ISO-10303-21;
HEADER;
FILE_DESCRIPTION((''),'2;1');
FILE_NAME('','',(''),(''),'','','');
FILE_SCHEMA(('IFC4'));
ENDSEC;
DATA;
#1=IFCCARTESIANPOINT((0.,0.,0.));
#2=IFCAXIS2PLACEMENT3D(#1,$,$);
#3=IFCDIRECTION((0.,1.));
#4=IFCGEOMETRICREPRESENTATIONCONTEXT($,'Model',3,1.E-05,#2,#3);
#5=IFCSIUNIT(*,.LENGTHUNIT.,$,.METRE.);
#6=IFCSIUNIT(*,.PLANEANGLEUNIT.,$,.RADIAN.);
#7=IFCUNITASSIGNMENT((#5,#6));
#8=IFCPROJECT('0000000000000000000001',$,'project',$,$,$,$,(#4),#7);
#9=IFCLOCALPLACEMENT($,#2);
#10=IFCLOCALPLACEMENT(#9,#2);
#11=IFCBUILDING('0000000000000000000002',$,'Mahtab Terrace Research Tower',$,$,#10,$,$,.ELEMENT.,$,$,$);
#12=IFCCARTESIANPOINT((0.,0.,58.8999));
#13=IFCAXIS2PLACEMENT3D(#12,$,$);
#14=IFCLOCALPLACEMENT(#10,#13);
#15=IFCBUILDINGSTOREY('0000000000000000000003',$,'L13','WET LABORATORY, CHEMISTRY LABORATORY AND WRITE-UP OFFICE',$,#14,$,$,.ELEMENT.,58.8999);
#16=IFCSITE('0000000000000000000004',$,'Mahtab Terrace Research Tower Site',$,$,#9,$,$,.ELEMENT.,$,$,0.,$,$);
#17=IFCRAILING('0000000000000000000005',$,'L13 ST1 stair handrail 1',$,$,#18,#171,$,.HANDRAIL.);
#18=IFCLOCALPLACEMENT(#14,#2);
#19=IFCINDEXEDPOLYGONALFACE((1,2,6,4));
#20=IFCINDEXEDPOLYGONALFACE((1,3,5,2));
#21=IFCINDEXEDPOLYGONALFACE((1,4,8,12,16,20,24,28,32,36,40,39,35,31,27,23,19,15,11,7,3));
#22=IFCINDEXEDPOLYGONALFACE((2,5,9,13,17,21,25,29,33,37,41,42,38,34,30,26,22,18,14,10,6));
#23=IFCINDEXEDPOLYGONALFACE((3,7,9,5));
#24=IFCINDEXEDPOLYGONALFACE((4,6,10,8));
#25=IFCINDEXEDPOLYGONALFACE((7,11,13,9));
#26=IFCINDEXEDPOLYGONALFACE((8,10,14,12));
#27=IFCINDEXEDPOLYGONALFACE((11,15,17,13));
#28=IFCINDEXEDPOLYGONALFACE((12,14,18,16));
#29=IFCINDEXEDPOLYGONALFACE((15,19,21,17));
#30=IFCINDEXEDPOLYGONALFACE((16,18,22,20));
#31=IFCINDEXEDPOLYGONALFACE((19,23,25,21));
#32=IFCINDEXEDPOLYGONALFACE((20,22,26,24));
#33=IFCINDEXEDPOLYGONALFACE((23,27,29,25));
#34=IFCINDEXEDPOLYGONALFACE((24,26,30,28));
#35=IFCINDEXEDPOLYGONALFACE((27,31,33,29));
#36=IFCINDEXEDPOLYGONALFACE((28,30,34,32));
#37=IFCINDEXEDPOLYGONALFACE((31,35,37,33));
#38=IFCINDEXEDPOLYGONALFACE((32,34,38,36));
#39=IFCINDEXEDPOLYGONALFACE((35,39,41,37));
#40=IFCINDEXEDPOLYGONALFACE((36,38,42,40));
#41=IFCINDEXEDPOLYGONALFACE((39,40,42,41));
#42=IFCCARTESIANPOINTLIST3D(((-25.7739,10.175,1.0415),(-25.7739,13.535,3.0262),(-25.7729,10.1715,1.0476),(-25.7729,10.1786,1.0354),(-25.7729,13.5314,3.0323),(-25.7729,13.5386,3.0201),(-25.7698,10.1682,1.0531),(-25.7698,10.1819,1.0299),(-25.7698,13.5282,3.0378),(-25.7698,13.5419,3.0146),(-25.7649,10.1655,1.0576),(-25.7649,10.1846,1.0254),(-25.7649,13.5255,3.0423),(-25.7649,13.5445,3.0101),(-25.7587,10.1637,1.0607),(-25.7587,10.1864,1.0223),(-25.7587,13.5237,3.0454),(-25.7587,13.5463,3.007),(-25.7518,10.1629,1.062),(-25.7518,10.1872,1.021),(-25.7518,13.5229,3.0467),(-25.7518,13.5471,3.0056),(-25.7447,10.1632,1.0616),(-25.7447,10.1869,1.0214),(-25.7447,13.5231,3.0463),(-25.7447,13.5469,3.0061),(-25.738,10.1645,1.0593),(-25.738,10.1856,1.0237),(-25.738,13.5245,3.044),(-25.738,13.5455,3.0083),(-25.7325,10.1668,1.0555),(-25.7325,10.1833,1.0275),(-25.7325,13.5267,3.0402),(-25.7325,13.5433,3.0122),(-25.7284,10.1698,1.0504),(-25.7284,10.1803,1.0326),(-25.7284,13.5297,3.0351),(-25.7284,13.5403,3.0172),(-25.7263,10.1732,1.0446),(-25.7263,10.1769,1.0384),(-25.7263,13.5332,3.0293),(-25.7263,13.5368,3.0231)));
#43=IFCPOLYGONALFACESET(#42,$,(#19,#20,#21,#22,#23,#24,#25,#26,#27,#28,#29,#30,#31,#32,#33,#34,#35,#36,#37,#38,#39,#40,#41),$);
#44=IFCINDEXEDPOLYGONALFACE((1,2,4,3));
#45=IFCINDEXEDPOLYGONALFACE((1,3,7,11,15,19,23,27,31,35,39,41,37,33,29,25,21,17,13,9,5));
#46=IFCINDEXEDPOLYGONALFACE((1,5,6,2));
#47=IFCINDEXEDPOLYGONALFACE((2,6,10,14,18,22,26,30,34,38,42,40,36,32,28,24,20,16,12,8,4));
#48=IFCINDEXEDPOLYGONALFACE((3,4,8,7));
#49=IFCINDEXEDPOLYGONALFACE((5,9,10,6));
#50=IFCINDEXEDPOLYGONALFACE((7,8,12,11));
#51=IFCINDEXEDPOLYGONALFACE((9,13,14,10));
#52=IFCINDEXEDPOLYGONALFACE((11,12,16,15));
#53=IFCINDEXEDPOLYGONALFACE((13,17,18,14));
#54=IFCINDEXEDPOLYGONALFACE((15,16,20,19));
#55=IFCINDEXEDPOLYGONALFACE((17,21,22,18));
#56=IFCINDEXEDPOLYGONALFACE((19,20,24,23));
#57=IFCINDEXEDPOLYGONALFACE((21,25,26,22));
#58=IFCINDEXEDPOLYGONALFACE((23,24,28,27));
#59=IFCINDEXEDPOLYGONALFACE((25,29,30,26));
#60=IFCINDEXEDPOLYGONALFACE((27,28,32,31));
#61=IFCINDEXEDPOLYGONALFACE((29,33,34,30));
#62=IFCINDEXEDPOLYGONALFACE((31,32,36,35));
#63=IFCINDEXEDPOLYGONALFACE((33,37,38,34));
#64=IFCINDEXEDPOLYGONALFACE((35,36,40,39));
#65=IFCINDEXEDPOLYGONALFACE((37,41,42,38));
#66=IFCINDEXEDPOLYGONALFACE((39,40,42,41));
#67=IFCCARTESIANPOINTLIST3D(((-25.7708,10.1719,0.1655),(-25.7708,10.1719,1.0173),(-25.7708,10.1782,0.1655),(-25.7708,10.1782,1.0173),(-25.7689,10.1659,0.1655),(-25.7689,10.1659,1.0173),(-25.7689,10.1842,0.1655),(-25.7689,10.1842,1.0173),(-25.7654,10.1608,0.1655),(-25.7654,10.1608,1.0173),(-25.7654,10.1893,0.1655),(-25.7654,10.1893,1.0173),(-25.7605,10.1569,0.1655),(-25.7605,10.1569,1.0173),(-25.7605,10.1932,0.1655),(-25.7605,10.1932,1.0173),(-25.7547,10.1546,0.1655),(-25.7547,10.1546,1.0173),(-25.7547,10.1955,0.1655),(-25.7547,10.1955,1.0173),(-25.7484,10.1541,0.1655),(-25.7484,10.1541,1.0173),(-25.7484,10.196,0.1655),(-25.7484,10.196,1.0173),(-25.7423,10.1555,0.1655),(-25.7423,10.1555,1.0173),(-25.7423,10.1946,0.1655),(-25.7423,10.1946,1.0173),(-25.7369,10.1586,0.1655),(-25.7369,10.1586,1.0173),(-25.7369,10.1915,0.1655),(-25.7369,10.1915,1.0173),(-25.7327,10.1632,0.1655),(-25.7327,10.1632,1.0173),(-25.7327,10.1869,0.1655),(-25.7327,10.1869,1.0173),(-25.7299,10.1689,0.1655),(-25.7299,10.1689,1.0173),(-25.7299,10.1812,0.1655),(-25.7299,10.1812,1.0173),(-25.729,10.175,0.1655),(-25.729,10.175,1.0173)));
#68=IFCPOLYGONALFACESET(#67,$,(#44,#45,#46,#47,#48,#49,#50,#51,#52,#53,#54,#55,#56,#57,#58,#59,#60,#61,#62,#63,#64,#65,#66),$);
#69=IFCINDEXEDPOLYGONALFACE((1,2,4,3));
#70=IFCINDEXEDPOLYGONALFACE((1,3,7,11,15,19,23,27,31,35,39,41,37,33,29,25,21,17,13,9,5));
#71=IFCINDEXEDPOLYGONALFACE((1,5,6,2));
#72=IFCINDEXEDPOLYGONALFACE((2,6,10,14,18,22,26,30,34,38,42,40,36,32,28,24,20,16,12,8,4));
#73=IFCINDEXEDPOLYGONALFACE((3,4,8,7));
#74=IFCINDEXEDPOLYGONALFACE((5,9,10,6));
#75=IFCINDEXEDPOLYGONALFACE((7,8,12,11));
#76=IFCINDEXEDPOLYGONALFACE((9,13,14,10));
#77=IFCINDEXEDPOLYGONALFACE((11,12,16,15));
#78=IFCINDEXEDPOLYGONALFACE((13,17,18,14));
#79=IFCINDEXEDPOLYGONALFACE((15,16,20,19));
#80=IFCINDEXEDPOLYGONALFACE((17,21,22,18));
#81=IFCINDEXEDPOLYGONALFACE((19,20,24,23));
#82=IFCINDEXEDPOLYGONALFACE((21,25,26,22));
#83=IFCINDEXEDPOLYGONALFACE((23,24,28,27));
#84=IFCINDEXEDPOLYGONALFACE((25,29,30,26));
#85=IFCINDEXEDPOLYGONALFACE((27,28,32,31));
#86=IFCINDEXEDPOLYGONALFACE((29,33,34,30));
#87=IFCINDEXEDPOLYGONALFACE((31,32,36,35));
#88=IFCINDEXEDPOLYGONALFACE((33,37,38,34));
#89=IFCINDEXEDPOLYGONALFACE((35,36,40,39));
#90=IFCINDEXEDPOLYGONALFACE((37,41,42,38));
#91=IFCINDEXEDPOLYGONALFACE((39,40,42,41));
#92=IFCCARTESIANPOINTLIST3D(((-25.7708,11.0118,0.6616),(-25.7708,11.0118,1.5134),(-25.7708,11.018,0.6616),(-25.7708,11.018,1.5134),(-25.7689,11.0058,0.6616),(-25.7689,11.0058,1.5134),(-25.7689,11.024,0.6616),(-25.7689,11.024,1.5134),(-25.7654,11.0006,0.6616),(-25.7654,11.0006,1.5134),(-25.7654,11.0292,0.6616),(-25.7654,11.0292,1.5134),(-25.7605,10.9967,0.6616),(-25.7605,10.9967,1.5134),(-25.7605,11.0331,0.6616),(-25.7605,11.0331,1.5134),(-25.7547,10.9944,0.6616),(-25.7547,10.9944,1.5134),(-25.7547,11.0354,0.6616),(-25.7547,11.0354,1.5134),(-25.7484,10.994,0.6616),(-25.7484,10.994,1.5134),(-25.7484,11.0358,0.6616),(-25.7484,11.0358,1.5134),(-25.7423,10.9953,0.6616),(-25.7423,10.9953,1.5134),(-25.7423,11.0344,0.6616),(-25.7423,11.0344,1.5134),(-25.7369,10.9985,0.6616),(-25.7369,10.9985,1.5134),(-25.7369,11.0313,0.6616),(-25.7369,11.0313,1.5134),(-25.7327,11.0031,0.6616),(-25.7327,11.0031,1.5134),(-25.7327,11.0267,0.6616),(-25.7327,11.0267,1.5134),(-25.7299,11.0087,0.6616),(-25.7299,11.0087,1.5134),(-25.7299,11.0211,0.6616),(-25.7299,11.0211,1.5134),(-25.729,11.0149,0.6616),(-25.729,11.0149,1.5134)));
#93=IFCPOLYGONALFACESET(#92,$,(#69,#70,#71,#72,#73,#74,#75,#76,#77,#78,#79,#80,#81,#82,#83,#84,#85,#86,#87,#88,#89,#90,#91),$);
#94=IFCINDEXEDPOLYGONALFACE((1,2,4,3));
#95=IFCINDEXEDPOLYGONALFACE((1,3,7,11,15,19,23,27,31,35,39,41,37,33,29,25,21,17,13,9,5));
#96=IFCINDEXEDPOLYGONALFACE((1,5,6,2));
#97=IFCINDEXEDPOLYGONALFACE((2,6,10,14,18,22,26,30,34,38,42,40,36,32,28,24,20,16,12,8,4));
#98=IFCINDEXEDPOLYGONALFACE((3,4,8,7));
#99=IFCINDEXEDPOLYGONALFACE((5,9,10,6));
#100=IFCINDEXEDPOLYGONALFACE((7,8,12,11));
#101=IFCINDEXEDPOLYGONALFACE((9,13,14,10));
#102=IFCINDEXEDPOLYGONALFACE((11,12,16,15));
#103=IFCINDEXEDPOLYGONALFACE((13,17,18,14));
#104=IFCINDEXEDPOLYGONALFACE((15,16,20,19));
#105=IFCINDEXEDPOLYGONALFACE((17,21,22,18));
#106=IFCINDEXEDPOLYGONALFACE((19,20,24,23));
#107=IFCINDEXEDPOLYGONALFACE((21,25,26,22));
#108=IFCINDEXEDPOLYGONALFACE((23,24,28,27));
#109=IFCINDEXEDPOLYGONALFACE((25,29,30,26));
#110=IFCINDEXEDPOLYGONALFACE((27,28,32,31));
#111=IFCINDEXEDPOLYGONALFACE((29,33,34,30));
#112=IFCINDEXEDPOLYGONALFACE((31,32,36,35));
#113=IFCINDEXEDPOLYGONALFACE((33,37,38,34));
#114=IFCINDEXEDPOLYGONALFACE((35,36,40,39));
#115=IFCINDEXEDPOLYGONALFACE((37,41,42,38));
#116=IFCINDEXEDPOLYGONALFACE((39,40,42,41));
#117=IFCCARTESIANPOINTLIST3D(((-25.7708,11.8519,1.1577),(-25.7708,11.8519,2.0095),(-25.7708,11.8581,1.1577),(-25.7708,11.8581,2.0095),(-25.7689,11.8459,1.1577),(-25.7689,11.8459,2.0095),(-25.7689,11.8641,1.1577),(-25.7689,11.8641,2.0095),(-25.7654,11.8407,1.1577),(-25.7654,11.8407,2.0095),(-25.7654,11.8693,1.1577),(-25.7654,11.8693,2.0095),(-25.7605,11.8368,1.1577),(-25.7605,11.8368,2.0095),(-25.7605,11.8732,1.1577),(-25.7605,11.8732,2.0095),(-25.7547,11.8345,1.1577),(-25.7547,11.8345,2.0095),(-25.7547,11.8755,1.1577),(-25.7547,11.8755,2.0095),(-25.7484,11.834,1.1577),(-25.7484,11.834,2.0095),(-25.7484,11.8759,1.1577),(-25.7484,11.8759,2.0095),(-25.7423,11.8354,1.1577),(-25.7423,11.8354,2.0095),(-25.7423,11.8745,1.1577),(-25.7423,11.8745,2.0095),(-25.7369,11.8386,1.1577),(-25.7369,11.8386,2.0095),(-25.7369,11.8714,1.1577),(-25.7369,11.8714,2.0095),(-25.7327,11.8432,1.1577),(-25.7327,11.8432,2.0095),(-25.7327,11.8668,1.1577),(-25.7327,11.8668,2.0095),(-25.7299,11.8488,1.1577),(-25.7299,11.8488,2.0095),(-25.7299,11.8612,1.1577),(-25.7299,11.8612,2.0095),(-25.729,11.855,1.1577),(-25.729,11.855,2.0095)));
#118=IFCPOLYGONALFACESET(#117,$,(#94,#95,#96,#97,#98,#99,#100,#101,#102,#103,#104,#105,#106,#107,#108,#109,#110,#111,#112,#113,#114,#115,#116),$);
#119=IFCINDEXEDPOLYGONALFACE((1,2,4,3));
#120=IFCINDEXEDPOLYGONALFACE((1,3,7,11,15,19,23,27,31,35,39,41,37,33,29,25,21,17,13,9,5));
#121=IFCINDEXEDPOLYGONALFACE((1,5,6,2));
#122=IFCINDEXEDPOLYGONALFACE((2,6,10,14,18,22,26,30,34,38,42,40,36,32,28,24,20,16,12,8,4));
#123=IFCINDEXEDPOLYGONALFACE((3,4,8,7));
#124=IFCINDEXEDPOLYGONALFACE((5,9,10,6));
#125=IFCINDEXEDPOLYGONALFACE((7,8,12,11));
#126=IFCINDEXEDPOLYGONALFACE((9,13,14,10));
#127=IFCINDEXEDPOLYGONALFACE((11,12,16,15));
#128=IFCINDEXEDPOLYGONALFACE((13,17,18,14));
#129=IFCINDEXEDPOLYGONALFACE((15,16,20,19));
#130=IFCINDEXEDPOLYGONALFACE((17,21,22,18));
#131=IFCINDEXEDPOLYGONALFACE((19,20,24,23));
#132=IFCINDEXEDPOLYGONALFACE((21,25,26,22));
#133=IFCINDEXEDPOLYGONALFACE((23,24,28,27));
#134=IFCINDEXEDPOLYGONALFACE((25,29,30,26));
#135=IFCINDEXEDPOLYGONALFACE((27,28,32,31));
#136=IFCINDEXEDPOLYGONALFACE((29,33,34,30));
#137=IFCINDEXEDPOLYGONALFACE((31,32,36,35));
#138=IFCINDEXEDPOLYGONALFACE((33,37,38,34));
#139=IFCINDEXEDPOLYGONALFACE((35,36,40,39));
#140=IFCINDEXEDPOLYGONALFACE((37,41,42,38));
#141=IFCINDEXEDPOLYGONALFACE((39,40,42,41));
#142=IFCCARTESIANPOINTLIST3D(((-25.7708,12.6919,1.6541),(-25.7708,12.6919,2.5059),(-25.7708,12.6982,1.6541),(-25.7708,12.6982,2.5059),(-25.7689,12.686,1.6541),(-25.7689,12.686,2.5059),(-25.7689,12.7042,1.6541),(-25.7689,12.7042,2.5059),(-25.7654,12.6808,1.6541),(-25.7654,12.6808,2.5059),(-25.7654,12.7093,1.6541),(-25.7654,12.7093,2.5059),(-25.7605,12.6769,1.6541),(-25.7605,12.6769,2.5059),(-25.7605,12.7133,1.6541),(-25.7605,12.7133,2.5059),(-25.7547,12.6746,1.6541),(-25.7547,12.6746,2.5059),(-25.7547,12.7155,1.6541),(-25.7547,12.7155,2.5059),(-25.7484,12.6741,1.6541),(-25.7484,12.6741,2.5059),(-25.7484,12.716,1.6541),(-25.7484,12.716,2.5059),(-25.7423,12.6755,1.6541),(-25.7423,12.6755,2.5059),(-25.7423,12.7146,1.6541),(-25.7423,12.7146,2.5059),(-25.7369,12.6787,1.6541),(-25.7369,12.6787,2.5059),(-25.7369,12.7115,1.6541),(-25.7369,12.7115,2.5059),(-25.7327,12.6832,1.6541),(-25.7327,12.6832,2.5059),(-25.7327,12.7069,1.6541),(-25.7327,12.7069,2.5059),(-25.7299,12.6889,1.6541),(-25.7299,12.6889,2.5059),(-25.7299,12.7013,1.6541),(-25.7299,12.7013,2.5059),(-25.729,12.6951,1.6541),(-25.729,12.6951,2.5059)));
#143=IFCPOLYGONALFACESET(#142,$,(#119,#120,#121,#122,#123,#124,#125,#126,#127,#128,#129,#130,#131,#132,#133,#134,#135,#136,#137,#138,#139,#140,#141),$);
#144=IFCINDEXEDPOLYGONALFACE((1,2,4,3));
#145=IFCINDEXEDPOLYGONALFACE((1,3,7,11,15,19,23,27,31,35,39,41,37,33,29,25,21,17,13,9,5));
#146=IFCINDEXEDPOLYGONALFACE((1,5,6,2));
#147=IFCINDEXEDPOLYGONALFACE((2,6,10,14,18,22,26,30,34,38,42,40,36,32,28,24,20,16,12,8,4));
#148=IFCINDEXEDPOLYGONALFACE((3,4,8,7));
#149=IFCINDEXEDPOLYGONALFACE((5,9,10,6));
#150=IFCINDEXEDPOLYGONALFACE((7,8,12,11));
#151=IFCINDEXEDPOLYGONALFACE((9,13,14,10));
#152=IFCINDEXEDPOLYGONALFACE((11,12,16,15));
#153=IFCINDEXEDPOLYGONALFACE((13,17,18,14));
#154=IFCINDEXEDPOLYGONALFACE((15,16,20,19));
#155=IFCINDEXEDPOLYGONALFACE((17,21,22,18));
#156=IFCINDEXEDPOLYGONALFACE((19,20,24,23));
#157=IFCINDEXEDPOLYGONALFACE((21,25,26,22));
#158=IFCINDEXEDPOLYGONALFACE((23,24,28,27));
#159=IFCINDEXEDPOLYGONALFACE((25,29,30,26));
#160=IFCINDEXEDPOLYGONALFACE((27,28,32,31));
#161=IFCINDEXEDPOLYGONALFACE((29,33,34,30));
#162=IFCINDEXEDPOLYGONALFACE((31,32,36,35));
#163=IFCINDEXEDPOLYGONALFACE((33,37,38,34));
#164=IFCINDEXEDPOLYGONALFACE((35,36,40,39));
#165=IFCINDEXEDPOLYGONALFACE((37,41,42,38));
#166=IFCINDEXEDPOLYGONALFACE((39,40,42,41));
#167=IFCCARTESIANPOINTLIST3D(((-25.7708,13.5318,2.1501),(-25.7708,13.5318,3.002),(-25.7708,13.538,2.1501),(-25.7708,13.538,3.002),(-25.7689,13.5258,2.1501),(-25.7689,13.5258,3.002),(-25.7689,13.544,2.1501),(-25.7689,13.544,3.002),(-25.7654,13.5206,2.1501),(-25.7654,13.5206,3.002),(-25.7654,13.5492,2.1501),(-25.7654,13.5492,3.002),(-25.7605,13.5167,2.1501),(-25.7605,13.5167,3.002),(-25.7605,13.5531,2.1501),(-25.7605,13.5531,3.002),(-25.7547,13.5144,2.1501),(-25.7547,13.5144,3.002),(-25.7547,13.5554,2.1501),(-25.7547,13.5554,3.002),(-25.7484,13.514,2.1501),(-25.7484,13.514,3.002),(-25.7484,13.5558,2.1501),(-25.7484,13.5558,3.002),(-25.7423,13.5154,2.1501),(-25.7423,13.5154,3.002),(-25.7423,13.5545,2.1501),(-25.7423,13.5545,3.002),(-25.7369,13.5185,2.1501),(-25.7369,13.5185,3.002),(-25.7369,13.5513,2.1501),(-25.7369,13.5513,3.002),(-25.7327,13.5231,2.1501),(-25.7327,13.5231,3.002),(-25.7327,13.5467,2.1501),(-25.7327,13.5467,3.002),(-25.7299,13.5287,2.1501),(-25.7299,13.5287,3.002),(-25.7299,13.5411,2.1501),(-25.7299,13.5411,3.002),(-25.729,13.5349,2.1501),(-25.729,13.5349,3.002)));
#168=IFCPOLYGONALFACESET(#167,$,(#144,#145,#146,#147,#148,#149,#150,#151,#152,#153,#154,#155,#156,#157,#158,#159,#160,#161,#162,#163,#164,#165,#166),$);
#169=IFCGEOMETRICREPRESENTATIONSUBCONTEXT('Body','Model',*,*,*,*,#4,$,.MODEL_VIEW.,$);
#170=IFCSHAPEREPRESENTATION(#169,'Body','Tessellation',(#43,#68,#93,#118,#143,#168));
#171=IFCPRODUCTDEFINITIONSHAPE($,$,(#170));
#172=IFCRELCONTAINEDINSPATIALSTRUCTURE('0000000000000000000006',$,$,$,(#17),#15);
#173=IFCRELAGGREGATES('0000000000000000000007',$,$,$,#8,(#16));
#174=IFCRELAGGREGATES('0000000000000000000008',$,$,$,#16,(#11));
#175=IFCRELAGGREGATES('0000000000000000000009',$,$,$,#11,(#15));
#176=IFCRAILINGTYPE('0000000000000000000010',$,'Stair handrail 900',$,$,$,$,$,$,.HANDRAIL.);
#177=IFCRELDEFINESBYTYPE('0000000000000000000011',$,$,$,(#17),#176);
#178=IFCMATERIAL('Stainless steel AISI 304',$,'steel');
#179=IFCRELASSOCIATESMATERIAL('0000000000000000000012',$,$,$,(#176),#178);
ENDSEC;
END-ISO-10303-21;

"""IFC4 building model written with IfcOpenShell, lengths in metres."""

from ifc_helpers import new_model, si_unit, direction, frame, origin, origin_2d, place, context, subcontext, project, spatial, circle, extrude, material, type_object, element, save


model = new_model("IFC4")

# Units and contexts
model_context = context("Model", 3, precision=1e-05, world=origin(), true_north=direction((0.0, 1.0)))
body_context = subcontext(model_context, "Body", "Model", "MODEL_VIEW")
ifc_project = project(units=[si_unit("LENGTHUNIT", "METRE"), si_unit("PLANEANGLEUNIT", "RADIAN")], contexts=[model_context])

# Site, building, storey
site_placement = place(None, origin())
site = spatial("IfcSite", under=ifc_project, at=site_placement, Name="Mahtab Terrace Research Tower Site", CompositionType="ELEMENT", RefElevation=0.0)
building_placement = place(site_placement, origin())
building = spatial("IfcBuilding", under=site, at=building_placement, Name="Mahtab Terrace Research Tower", CompositionType="ELEMENT")
storey_placement = place(building_placement, frame((0.0, 0.0, 58.8999)))
storey = spatial("IfcBuildingStorey", under=building, at=storey_placement, Name="L13", Description="WET LABORATORY, CHEMISTRY LABORATORY AND WRITE-UP OFFICE", CompositionType="ELEMENT", Elevation=58.8999)

# Railing
ifc_material_1 = material(Name="Stainless steel AISI 304", Category="steel")
railing_type_1 = type_object("IfcRailingType", Name="Stair handrail 900", PredefinedType="HANDRAIL", material=ifc_material_1)
railing_1_placement = place(storey_placement, frame((-25.75, 10.175, 0.1655)))
element("IfcRailing", 1, at=railing_1_placement, inside=storey, type_object=railing_type_1, Name="L13 ST1 stair handrail 1", PredefinedType="HANDRAIL", context=body_context, shape_type="SweptSolid", body=[
    extrude(circle(Radius=0.0239, at=origin_2d()), frame((0.0, 0.0, 0.876), z_axis=(0.0, 0.861011, 0.508586), x_axis=(-1.0, 0.0, 0.0)), (0.0, 0.0, 1.0), 3.9023),
    extrude(circle(Radius=0.021, at=origin_2d()), origin(), (0.0, 0.0, 1.0), 0.8518),
    extrude(circle(Radius=0.021, at=origin_2d()), frame((0.0, 0.8398, 0.4961)), (0.0, 0.0, 1.0), 0.8518),
    extrude(circle(Radius=0.021, at=origin_2d()), frame((0.0, 1.6799, 0.9922)), (0.0, 0.0, 1.0), 0.8518),
    extrude(circle(Radius=0.021, at=origin_2d()), frame((0.0, 2.52, 1.4885)), (0.0, 0.0, 1.0), 0.8518),
    extrude(circle(Radius=0.021, at=origin_2d()), frame((0.0, 3.3599, 1.9846)), (0.0, 0.0, 1.0), 0.8518),
])

save(model, "model.ifc")
